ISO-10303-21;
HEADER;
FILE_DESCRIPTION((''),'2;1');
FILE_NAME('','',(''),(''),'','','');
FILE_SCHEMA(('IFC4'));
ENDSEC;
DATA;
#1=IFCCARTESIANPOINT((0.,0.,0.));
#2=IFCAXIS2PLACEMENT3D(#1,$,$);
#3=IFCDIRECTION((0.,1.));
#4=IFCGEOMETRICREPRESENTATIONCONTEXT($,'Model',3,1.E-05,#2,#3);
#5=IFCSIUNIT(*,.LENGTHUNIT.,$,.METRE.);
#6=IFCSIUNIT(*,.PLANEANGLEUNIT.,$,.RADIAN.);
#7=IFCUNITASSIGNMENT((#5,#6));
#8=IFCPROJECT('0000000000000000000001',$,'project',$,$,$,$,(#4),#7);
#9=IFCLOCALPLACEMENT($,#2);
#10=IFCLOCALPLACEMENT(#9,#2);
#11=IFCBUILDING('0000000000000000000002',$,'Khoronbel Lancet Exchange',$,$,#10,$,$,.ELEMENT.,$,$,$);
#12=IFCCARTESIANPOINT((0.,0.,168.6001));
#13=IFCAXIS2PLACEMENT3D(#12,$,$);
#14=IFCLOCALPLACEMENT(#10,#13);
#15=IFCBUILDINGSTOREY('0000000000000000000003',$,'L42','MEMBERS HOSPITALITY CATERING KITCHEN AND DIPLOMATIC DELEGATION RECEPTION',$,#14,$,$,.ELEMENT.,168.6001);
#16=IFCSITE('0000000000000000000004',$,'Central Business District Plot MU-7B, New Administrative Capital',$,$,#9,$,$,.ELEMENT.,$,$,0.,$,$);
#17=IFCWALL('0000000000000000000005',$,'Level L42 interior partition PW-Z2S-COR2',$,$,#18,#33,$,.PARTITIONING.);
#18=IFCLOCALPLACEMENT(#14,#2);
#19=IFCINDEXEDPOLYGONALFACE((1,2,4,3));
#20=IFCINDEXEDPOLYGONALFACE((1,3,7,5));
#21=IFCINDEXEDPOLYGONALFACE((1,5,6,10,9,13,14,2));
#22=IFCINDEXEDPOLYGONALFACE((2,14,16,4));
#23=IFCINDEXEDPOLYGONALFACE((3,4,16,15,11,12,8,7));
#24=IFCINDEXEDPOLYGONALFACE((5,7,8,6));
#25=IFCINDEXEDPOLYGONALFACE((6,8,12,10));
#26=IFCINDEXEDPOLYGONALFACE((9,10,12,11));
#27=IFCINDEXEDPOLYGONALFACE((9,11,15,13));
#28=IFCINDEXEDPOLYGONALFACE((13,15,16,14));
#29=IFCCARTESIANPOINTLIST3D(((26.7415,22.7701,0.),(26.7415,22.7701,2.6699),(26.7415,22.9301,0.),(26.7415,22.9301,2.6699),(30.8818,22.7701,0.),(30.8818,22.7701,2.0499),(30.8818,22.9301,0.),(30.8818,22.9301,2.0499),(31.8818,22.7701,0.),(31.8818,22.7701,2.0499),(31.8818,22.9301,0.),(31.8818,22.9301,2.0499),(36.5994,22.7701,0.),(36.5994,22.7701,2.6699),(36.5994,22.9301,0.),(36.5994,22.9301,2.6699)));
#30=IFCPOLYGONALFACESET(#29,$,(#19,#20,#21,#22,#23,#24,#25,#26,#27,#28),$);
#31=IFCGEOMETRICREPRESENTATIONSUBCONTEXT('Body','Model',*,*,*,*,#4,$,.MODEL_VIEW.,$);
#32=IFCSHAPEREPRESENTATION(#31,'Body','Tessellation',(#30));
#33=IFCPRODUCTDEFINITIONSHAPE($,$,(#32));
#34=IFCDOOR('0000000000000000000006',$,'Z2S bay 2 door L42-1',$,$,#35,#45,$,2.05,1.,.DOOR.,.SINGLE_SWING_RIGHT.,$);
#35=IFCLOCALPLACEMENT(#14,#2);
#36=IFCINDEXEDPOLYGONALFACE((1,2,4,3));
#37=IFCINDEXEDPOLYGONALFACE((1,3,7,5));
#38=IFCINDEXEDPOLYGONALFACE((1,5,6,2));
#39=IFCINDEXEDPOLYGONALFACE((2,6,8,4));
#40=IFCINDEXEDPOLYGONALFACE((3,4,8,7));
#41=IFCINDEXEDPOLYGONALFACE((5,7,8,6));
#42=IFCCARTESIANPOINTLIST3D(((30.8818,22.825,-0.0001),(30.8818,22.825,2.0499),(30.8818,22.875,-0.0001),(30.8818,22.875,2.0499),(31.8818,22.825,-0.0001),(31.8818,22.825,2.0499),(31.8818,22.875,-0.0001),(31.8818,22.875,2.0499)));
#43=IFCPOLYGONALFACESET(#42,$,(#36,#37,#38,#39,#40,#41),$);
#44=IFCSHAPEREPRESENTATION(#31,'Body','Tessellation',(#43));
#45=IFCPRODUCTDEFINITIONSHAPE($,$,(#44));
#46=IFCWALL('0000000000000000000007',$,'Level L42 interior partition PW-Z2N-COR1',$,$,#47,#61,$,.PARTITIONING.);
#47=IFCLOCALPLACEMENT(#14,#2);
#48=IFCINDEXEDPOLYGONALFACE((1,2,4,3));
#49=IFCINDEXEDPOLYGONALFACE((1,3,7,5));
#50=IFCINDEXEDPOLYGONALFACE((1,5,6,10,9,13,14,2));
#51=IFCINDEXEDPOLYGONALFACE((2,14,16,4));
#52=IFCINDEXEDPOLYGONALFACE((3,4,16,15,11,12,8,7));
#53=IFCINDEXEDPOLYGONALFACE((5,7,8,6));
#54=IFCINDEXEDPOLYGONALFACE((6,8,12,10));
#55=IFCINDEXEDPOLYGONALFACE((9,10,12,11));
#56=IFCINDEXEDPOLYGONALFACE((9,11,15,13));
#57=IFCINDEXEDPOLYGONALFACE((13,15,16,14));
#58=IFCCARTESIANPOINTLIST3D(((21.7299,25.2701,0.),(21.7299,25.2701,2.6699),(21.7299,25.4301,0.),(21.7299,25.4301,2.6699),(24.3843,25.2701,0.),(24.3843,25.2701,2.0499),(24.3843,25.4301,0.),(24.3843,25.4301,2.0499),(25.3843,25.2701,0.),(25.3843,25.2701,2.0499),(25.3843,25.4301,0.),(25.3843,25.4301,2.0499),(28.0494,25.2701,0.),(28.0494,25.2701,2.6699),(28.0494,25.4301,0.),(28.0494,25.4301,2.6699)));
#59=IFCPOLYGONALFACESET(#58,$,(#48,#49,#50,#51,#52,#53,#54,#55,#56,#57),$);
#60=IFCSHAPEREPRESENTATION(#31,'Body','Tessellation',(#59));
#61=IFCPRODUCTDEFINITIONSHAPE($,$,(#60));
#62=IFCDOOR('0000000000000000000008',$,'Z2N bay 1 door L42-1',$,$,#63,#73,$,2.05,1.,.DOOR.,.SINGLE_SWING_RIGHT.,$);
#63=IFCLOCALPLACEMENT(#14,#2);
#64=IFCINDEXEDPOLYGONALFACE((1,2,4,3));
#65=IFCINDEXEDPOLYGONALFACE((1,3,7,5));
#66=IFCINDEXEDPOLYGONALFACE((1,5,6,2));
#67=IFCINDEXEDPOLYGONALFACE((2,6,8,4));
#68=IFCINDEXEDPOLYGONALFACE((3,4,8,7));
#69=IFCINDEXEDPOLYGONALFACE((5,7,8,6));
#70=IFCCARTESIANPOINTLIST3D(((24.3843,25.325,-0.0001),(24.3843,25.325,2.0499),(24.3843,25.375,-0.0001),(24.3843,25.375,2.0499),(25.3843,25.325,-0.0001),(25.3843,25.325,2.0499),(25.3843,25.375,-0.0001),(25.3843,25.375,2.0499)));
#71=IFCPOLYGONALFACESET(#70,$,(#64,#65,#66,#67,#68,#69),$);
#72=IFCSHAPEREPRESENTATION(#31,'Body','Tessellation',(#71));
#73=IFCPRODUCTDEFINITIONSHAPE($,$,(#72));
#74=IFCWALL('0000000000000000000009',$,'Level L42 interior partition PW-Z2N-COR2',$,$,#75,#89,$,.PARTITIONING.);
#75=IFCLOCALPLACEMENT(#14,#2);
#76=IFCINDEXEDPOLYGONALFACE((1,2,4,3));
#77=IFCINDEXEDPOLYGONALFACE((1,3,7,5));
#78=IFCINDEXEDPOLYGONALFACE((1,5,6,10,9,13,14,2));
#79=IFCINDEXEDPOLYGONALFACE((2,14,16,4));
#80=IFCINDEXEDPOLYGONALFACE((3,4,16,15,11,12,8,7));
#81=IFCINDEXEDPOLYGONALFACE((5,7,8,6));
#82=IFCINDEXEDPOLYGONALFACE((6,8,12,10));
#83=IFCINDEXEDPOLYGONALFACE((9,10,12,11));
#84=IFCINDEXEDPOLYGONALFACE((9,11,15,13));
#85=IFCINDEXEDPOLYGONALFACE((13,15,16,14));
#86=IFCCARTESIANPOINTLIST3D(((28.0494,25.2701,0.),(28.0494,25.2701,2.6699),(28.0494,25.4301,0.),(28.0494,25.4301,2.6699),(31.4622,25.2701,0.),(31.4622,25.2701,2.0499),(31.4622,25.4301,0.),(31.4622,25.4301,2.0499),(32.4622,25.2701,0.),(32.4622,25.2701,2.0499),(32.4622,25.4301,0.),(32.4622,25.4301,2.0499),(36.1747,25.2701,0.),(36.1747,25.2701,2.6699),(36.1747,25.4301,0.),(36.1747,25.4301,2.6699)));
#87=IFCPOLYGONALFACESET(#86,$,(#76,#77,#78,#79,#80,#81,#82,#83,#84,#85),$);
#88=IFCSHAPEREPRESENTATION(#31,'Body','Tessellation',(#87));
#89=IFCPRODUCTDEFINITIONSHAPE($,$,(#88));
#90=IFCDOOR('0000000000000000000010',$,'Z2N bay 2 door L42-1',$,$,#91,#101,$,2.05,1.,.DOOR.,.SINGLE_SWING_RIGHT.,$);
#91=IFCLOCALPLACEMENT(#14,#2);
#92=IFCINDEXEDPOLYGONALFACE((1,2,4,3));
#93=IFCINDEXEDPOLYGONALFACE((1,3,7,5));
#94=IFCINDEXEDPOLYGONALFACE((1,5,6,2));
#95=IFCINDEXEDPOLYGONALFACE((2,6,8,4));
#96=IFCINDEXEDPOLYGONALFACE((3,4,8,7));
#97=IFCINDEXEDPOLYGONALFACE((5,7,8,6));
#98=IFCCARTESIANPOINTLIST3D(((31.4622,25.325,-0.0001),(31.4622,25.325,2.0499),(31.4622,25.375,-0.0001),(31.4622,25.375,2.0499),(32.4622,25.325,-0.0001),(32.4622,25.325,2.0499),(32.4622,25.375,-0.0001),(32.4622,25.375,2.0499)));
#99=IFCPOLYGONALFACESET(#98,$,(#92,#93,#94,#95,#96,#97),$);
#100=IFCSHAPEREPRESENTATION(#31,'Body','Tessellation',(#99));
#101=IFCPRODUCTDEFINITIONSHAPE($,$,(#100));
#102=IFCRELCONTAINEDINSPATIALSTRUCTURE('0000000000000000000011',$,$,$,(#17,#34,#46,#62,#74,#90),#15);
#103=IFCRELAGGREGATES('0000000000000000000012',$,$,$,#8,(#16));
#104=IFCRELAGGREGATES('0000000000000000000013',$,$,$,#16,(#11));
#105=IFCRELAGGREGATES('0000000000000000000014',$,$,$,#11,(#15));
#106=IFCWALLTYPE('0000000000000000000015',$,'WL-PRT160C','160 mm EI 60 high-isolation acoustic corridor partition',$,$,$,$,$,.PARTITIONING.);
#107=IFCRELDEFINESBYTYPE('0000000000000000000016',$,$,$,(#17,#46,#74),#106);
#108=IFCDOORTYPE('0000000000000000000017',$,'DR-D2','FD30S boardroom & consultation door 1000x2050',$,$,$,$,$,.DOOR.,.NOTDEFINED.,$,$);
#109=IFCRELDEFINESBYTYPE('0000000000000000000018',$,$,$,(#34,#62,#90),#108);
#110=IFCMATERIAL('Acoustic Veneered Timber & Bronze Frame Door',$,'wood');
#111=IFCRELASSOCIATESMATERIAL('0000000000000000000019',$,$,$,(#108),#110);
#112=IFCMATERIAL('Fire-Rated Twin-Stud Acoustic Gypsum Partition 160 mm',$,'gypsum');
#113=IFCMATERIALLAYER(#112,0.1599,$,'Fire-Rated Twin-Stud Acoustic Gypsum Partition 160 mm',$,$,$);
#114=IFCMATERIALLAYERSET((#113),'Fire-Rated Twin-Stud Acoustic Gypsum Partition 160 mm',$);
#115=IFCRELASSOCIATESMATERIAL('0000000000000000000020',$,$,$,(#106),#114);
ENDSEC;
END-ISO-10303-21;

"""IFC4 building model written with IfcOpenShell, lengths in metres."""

from ifc_helpers import new_model, si_unit, direction, frame, frame_2d, origin, place, context, subcontext, project, spatial, rectangle, extrude, material, layer, layer_set, type_object, element, fill, save


model = new_model("IFC4")

# Units and contexts
model_context = context("Model", 3, precision=1e-05, world=origin(), true_north=direction((0.0, 1.0)))
body_context = subcontext(model_context, "Body", "Model", "MODEL_VIEW")
ifc_project = project(units=[si_unit("LENGTHUNIT", "METRE"), si_unit("PLANEANGLEUNIT", "RADIAN")], contexts=[model_context])

# Site, building, storey
site_placement = place(None, origin())
site = spatial("IfcSite", under=ifc_project, at=site_placement, Name="Central Business District Plot MU-7B, New Administrative Capital", CompositionType="ELEMENT", RefElevation=0.0)
building_placement = place(site_placement, origin())
building = spatial("IfcBuilding", under=site, at=building_placement, Name="Khoronbel Lancet Exchange", CompositionType="ELEMENT")
storey_placement = place(building_placement, frame((0.0, 0.0, 168.6001)))
storey = spatial("IfcBuildingStorey", under=building, at=storey_placement, Name="L42", Description="MEMBERS HOSPITALITY CATERING KITCHEN AND DIPLOMATIC DELEGATION RECEPTION", CompositionType="ELEMENT", Elevation=168.6001)

# Shared definitions
ifc_material_1 = material(Name="Acoustic Veneered Timber & Bronze Frame Door", Category="wood")
door_type_1 = type_object("IfcDoorType", Name="DR-D2", Description="FD30S boardroom & consultation door 1000x2050", OperationType="NOTDEFINED", PredefinedType="DOOR", material=ifc_material_1)

# Walls, openings, doors
ifc_material_2 = material(Name="Fire-Rated Twin-Stud Acoustic Gypsum Partition 160 mm", Category="gypsum")
ifc_layer_1 = layer(ifc_material_2, 0.1599, Name="Fire-Rated Twin-Stud Acoustic Gypsum Partition 160 mm")
ifc_layer_set_1 = layer_set([ifc_layer_1], Name="Fire-Rated Twin-Stud Acoustic Gypsum Partition 160 mm")
wall_type_1 = type_object("IfcWallType", Name="WL-PRT160C", Description="160 mm EI 60 high-isolation acoustic corridor partition", PredefinedType="PARTITIONING", material=ifc_layer_set_1)
wall_1_placement = place(storey_placement, frame((26.7415, 22.8501, 0.0), z_axis=(0.0, 0.0, 1.0), x_axis=(1.0, 0.0, 0.0)))
wall_1 = element("IfcWall", 1, at=wall_1_placement, inside=storey, type_object=wall_type_1, Name="Level L42 interior partition PW-Z2S-COR2", PredefinedType="PARTITIONING", context=body_context, shape_type="SweptSolid", body=[
    extrude(rectangle(XDim=9.8579, YDim=0.1599, at=frame_2d((4.929, 0.0))), origin(), (0.0, 0.0, 1.0), 2.6699),
])
opening_1_placement = place(wall_1_placement, frame((4.1404, 0.0, 0.0)))
opening_1 = element("IfcOpeningElement", 2, at=opening_1_placement, cuts=wall_1, PredefinedType="OPENING", context=body_context, shape_type="SweptSolid", body=[
    extrude(rectangle(XDim=1.0, YDim=2.05, at=frame_2d((0.5, 1.0249))), frame((0.0, 0.0898, 0.0), z_axis=(0.0, -1.0, 0.0), x_axis=(1.0, 0.0, 0.0)), (0.0, 0.0, 1.0), 0.1799),
])
door_1_placement = place(opening_1_placement, origin())
door_1 = element("IfcDoor", 3, at=door_1_placement, inside=storey, type_object=door_type_1, Name="Z2S bay 2 door L42-1", OperationType="SINGLE_SWING_RIGHT", OverallHeight=2.05, OverallWidth=1.0, PredefinedType="DOOR", context=body_context, shape_type="SweptSolid", body=[
    extrude(rectangle(XDim=1.0, YDim=2.05, at=frame_2d((0.5, 1.0249))), frame((0.0, 0.0249, 0.0), z_axis=(0.0, -1.0, 0.0), x_axis=(1.0, 0.0, 0.0)), (0.0, 0.0, 1.0), 0.05),
])
fill(opening_1, door_1)
wall_2_placement = place(storey_placement, frame((21.73, 25.3501, 0.0), z_axis=(0.0, 0.0, 1.0), x_axis=(1.0, 0.0, 0.0)))
wall_2 = element("IfcWall", 4, at=wall_2_placement, inside=storey, type_object=wall_type_1, Name="Level L42 interior partition PW-Z2N-COR1", PredefinedType="PARTITIONING", context=body_context, shape_type="SweptSolid", body=[
    extrude(rectangle(XDim=6.3196, YDim=0.1599, at=frame_2d((3.1597, 0.0))), origin(), (0.0, 0.0, 1.0), 2.6699),
])
opening_2_placement = place(wall_2_placement, frame((2.6543, 0.0, 0.0)))
opening_2 = element("IfcOpeningElement", 5, at=opening_2_placement, cuts=wall_2, PredefinedType="OPENING", context=body_context, shape_type="SweptSolid", body=[
    extrude(rectangle(XDim=1.0, YDim=2.05, at=frame_2d((0.5, 1.0249))), frame((0.0, 0.0898, 0.0), z_axis=(0.0, -1.0, 0.0), x_axis=(1.0, 0.0, 0.0)), (0.0, 0.0, 1.0), 0.1799),
])
door_2_placement = place(opening_2_placement, origin())
door_2 = element("IfcDoor", 6, at=door_2_placement, inside=storey, type_object=door_type_1, Name="Z2N bay 1 door L42-1", OperationType="SINGLE_SWING_RIGHT", OverallHeight=2.05, OverallWidth=1.0, PredefinedType="DOOR", context=body_context, shape_type="SweptSolid", body=[
    extrude(rectangle(XDim=1.0, YDim=2.05, at=frame_2d((0.5, 1.0249))), frame((0.0, 0.0249, 0.0), z_axis=(0.0, -1.0, 0.0), x_axis=(1.0, 0.0, 0.0)), (0.0, 0.0, 1.0), 0.05),
])
fill(opening_2, door_2)
wall_3_placement = place(storey_placement, frame((28.0496, 25.3501, 0.0), z_axis=(0.0, 0.0, 1.0), x_axis=(1.0, 0.0, 0.0)))
wall_3 = element("IfcWall", 7, at=wall_3_placement, inside=storey, type_object=wall_type_1, Name="Level L42 interior partition PW-Z2N-COR2", PredefinedType="PARTITIONING", context=body_context, shape_type="SweptSolid", body=[
    extrude(rectangle(XDim=8.1252, YDim=0.1599, at=frame_2d((4.0625, 0.0))), origin(), (0.0, 0.0, 1.0), 2.6699),
])
opening_3_placement = place(wall_3_placement, frame((3.4126, 0.0, 0.0)))
opening_3 = element("IfcOpeningElement", 8, at=opening_3_placement, cuts=wall_3, PredefinedType="OPENING", context=body_context, shape_type="SweptSolid", body=[
    extrude(rectangle(XDim=1.0, YDim=2.05, at=frame_2d((0.5, 1.0249))), frame((0.0, 0.0898, 0.0), z_axis=(0.0, -1.0, 0.0), x_axis=(1.0, 0.0, 0.0)), (0.0, 0.0, 1.0), 0.1799),
])
door_3_placement = place(opening_3_placement, origin())
door_3 = element("IfcDoor", 9, at=door_3_placement, inside=storey, type_object=door_type_1, Name="Z2N bay 2 door L42-1", OperationType="SINGLE_SWING_RIGHT", OverallHeight=2.05, OverallWidth=1.0, PredefinedType="DOOR", context=body_context, shape_type="SweptSolid", body=[
    extrude(rectangle(XDim=1.0, YDim=2.05, at=frame_2d((0.5, 1.0249))), frame((0.0, 0.0249, 0.0), z_axis=(0.0, -1.0, 0.0), x_axis=(1.0, 0.0, 0.0)), (0.0, 0.0, 1.0), 0.05),
])
fill(opening_3, door_3)

save(model, "model.ifc")
